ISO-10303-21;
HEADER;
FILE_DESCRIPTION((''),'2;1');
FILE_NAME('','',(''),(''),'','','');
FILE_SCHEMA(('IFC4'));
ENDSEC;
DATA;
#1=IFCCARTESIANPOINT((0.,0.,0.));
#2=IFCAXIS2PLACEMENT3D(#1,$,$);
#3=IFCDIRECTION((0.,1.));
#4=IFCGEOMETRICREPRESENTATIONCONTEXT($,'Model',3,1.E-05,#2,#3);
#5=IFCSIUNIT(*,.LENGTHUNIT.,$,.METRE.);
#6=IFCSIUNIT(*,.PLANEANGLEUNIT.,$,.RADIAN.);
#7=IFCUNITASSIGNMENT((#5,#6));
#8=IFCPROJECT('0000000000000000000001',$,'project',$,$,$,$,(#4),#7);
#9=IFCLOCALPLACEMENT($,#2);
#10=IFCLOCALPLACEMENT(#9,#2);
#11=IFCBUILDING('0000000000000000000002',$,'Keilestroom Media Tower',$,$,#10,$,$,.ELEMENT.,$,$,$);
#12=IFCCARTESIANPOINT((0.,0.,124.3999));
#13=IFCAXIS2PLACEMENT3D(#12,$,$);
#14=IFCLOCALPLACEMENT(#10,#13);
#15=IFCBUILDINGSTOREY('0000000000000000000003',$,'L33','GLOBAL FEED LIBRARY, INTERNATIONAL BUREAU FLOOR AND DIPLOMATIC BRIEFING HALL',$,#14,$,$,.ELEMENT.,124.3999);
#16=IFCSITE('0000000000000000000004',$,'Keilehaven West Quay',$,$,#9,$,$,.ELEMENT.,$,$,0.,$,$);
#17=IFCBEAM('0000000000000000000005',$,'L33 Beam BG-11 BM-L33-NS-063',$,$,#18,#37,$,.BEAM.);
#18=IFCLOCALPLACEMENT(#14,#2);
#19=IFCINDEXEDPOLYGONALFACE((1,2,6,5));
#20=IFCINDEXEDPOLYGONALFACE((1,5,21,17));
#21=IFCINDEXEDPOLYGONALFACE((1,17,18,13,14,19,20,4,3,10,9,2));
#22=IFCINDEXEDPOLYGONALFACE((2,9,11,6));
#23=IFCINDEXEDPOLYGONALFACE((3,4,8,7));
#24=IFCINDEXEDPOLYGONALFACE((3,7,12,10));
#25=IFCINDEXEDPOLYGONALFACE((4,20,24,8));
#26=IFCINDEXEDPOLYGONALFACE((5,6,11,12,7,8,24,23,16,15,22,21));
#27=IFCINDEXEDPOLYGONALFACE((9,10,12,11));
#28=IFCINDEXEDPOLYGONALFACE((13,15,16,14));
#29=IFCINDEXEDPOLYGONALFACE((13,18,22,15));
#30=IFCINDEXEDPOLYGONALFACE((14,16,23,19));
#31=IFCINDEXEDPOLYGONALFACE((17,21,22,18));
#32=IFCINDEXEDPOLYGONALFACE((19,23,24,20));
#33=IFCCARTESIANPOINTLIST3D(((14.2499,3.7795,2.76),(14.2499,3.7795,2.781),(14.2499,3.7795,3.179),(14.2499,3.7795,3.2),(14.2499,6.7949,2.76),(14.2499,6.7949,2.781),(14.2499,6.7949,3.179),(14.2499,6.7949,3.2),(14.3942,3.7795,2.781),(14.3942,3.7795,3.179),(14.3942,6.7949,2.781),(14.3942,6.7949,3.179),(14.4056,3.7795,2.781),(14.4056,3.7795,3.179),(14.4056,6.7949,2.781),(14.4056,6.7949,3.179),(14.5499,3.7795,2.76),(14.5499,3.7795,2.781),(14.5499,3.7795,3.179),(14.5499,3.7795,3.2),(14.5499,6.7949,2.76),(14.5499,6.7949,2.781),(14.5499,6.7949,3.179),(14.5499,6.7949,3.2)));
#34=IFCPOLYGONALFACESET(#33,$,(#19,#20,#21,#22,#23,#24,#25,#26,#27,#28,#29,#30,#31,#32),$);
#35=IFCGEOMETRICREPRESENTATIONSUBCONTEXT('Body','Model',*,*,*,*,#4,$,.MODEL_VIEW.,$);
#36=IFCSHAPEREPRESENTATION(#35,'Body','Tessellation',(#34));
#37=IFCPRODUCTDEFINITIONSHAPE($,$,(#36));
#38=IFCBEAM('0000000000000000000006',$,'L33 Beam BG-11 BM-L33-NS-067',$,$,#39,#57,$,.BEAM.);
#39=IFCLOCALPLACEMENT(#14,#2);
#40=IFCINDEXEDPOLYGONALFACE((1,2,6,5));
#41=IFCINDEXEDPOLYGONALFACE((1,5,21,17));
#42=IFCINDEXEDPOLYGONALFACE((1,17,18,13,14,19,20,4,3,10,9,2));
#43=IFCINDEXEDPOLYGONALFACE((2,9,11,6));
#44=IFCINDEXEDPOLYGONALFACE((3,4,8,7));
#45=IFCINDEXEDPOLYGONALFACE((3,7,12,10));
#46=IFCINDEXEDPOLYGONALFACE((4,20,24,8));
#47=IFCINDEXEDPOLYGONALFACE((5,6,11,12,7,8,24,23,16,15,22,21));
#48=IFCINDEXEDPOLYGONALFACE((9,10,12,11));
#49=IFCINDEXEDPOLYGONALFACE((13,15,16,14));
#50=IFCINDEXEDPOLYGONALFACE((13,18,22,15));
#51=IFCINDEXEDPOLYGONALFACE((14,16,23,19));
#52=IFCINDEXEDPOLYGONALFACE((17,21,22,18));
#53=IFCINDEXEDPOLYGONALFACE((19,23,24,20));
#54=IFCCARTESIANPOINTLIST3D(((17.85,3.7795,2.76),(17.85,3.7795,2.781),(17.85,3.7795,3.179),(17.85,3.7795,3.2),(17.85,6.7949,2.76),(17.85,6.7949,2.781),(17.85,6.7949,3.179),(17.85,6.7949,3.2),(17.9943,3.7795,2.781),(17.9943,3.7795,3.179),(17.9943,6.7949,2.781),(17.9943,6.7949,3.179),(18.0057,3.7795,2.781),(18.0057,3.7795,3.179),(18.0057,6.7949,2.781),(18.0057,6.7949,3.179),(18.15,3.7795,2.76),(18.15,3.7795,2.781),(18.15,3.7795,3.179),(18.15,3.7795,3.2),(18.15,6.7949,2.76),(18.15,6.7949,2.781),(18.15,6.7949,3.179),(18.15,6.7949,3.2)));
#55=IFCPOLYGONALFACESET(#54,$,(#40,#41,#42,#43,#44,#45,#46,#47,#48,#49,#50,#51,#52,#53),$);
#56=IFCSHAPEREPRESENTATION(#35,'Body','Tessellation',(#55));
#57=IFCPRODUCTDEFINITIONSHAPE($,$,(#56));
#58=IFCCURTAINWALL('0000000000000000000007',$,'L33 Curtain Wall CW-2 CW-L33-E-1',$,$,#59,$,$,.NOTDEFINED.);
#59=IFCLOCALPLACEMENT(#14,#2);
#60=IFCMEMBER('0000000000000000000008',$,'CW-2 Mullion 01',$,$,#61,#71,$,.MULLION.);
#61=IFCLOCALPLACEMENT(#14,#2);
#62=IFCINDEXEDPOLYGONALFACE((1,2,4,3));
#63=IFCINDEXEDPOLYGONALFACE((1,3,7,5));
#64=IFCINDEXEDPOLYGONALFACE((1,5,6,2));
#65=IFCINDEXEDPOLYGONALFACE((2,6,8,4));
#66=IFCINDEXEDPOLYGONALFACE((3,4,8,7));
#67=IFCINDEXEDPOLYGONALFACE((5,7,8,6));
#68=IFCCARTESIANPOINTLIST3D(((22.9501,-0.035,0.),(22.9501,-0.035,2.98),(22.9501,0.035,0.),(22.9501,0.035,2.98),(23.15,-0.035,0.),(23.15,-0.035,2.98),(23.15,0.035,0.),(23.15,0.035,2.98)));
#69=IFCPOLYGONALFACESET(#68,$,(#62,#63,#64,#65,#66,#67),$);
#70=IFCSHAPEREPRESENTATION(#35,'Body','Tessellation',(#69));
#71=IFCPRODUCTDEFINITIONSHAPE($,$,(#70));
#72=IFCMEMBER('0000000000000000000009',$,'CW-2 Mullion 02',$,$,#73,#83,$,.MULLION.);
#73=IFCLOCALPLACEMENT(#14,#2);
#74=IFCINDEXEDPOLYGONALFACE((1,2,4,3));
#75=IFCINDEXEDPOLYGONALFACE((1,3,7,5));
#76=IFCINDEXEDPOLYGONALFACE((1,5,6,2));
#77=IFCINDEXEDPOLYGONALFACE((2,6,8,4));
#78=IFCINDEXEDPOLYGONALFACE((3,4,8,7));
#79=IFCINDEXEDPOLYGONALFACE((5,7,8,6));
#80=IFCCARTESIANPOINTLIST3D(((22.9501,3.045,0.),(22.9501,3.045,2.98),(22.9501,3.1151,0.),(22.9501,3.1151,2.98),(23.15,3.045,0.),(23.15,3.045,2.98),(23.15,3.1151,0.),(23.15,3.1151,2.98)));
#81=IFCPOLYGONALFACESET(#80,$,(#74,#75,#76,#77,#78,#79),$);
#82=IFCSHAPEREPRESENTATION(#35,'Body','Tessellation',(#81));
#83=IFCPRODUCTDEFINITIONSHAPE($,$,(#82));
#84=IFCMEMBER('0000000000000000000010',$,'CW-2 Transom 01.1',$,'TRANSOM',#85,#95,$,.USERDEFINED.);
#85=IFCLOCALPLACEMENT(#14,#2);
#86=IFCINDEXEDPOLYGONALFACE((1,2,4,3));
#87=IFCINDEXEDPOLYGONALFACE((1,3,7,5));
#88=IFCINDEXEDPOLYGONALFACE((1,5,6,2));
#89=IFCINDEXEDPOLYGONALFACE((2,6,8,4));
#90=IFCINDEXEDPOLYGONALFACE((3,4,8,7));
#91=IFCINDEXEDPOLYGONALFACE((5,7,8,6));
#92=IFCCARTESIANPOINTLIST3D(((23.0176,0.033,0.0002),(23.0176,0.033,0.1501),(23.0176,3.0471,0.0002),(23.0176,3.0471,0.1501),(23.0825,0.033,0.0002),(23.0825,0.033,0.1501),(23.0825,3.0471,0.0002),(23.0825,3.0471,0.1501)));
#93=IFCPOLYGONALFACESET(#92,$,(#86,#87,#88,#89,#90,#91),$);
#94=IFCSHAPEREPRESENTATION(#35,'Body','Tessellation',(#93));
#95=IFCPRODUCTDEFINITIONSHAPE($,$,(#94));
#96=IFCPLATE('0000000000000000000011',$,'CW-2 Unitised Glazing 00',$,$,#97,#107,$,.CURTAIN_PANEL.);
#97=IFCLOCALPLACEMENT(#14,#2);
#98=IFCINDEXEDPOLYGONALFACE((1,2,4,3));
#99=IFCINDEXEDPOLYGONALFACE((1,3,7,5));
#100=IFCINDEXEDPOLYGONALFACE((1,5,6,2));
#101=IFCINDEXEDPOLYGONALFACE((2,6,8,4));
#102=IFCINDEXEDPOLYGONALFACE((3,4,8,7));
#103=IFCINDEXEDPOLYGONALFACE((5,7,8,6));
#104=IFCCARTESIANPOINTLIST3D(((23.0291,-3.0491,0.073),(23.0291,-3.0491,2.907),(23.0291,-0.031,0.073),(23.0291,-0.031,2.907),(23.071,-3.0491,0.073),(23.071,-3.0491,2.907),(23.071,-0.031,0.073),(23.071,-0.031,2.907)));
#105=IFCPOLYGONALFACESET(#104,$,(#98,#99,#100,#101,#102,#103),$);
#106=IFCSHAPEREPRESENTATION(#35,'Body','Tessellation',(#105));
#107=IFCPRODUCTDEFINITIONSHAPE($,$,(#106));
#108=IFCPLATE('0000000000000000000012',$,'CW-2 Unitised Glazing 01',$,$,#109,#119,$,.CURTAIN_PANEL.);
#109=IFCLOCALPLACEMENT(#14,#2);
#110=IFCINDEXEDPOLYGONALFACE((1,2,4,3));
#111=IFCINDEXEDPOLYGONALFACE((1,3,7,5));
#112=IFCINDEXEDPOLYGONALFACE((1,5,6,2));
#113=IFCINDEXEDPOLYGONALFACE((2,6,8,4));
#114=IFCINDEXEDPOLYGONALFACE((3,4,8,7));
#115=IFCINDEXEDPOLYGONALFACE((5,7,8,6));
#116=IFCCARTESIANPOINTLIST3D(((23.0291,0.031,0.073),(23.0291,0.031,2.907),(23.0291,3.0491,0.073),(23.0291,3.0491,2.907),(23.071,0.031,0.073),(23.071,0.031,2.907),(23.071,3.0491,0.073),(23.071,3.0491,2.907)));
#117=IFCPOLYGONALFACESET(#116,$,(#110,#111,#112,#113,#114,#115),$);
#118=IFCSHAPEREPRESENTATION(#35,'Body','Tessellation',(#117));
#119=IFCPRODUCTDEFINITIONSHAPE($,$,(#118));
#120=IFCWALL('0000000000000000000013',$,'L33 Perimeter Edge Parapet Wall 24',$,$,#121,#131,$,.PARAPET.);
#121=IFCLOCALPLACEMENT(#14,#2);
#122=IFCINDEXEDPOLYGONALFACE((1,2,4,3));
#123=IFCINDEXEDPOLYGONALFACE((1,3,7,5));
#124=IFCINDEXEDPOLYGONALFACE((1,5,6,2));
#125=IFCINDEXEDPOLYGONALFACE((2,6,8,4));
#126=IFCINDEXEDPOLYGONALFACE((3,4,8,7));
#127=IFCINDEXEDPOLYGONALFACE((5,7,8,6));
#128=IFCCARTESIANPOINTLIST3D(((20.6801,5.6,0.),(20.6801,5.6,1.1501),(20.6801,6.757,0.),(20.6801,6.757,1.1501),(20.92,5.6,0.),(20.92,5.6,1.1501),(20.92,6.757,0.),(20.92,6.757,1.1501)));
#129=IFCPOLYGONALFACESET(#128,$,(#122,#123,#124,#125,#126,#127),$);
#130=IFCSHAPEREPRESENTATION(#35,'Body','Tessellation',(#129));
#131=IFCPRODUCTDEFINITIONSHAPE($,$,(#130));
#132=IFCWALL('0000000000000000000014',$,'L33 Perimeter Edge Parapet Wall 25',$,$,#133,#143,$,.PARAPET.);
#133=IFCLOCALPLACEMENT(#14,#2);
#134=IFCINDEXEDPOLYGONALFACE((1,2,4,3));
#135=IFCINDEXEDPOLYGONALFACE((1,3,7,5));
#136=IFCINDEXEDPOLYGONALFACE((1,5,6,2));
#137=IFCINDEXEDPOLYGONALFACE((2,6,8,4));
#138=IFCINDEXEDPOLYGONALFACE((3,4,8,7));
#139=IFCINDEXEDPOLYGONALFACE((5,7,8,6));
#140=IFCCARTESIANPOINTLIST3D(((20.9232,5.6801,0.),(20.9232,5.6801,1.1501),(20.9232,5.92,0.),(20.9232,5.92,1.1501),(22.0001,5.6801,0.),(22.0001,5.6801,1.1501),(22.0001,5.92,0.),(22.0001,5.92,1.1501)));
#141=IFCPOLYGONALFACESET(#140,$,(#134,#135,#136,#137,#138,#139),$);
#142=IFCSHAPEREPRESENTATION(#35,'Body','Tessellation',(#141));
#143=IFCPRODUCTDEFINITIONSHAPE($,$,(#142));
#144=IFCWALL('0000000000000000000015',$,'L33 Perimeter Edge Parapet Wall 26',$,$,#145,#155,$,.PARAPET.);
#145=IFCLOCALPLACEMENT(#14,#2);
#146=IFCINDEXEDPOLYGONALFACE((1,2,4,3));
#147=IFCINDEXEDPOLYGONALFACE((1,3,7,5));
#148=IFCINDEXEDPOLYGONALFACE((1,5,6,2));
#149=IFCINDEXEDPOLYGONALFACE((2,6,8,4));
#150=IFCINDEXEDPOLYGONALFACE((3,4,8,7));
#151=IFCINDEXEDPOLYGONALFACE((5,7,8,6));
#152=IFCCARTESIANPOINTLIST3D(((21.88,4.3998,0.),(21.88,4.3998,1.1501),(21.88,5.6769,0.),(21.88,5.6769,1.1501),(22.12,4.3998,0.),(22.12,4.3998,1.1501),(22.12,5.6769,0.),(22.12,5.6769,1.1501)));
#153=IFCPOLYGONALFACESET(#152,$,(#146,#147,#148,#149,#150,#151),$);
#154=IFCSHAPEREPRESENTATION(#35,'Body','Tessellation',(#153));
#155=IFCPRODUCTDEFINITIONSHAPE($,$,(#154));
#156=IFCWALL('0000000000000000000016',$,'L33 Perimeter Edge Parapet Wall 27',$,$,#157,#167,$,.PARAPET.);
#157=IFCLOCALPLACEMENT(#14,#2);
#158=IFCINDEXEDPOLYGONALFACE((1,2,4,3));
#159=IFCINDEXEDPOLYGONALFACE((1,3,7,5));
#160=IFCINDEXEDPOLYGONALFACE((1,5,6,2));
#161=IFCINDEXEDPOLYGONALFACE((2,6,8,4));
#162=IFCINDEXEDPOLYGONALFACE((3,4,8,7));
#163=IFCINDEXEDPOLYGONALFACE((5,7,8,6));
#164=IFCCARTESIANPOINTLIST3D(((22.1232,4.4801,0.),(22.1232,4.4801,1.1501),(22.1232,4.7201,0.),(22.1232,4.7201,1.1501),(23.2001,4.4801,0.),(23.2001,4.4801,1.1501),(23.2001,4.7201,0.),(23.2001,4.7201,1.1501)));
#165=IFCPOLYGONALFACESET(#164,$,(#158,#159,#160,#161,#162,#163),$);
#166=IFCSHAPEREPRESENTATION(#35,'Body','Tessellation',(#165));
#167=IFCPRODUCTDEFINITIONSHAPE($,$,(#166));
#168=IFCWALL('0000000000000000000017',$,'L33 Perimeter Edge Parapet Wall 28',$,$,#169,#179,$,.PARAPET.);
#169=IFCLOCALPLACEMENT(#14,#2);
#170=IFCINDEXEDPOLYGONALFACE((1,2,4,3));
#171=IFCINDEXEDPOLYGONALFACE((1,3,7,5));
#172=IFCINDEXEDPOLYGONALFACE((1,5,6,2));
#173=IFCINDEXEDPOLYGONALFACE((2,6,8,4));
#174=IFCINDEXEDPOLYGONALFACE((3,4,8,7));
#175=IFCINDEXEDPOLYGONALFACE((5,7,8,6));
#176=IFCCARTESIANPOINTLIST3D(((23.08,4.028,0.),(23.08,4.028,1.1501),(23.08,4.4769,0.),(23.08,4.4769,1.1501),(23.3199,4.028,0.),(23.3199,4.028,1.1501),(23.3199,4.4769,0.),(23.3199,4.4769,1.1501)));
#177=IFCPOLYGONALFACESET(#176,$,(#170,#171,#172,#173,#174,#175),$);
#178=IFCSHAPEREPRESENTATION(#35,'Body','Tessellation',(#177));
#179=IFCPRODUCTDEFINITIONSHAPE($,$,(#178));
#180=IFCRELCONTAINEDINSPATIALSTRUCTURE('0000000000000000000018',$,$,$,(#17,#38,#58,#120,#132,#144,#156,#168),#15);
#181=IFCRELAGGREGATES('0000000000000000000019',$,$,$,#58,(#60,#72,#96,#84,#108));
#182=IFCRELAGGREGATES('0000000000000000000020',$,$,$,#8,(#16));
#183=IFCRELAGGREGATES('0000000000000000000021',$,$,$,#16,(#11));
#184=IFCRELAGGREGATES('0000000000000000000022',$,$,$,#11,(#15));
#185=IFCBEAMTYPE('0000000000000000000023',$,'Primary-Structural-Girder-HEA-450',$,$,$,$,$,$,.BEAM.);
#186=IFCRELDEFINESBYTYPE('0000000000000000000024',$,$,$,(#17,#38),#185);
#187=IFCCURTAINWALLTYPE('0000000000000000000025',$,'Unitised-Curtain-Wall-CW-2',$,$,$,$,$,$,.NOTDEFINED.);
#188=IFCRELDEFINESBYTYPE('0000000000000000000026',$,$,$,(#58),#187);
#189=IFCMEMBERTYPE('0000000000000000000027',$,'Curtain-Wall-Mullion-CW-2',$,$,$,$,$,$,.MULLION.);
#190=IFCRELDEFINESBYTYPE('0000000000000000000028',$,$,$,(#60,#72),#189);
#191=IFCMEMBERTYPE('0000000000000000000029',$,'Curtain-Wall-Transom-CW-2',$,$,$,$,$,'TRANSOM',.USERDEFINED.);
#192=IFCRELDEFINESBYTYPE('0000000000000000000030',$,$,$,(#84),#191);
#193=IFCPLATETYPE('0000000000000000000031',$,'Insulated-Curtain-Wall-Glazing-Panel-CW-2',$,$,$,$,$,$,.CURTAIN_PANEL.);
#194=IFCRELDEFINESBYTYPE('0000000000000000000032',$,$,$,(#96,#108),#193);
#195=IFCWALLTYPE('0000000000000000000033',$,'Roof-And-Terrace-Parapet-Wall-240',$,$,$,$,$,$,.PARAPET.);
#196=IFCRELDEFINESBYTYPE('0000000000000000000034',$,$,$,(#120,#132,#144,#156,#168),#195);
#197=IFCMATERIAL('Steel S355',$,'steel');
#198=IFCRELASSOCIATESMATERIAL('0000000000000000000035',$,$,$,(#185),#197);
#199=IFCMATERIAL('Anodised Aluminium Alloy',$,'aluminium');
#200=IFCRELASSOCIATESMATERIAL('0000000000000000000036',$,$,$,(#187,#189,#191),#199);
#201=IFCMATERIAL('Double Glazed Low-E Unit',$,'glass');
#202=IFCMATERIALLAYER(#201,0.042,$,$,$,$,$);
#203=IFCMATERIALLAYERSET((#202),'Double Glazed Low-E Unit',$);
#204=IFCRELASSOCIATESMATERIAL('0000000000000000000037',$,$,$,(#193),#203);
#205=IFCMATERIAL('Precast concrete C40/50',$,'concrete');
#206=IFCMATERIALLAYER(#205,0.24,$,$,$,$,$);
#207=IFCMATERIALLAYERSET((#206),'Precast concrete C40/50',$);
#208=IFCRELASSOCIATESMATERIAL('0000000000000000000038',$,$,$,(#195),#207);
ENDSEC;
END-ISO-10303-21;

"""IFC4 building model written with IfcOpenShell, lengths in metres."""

from ifc_helpers import new_model, si_unit, direction, frame, frame_2d, origin, origin_2d, place, context, subcontext, project, spatial, rectangle, i_section, extrude, source, transform, mapped, material, layer, layer_set, material_profile, profile_set, type_object, element, aggregate, save


model = new_model("IFC4")

# Units and contexts
model_context = context("Model", 3, precision=1e-05, world=origin(), true_north=direction((0.0, 1.0)))
body_context = subcontext(model_context, "Body", "Model", "MODEL_VIEW")
ifc_project = project(units=[si_unit("LENGTHUNIT", "METRE"), si_unit("PLANEANGLEUNIT", "RADIAN")], contexts=[model_context])

# Site, building, storey
site_placement = place(None, origin())
site = spatial("IfcSite", under=ifc_project, at=site_placement, Name="Keilehaven West Quay", CompositionType="ELEMENT", RefElevation=0.0)
building_placement = place(site_placement, origin())
building = spatial("IfcBuilding", under=site, at=building_placement, Name="Keilestroom Media Tower", CompositionType="ELEMENT")
storey_placement = place(building_placement, frame((0.0, 0.0, 124.3999)))
storey = spatial("IfcBuildingStorey", under=building, at=storey_placement, Name="L33", Description="GLOBAL FEED LIBRARY, INTERNATIONAL BUREAU FLOOR AND DIPLOMATIC BRIEFING HALL", CompositionType="ELEMENT", Elevation=124.3999)

# Shared definitions
ifc_material_1 = material(Name="Precast concrete C40/50", Category="concrete")
ifc_material_2 = material(Name="Steel S355", Category="steel")

# Beams
ifc_material_profile_1 = material_profile(ifc_material_2, i_section(OverallWidth=0.3, OverallDepth=0.4399, WebThickness=0.0115, FlangeThickness=0.021, at=origin_2d()), Name="HEA 450")
ifc_profile_set_1 = profile_set([ifc_material_profile_1], Name="Steel S355")
beam_type_1 = type_object("IfcBeamType", Name="Primary-Structural-Girder-HEA-450", PredefinedType="BEAM", material=ifc_profile_set_1)
shared_shape_1 = source(origin(), body_context, "Body", "SweptSolid", [
    extrude(i_section(OverallWidth=0.3, OverallDepth=0.4399, WebThickness=0.0115, FlangeThickness=0.021, at=origin_2d()), origin(), (0.0, 0.0, 1.0), 3.0154),
])
for number, where, z_axis, x_axis, name in (
    (1, (14.3999, 3.7795, 2.98), (0.0, 1.0, 0.0), (-1.0, 0.0, 0.0), "L33 Beam BG-11 BM-L33-NS-063"),
    (2, (18.0, 3.7795, 2.98), (0.0, 1.0, 0.0), (-1.0, 0.0, 0.0), "L33 Beam BG-11 BM-L33-NS-067"),
):
    element("IfcBeam", number, at=place(storey_placement, frame(where, z_axis=z_axis, x_axis=x_axis)), inside=storey, type_object=beam_type_1, Name=name, PredefinedType="BEAM", context=body_context, shape_type="MappedRepresentation", body=[
        mapped(shared_shape_1, transform((0.0, 0.0, 0.0), x_axis=(1.0, 0.0, 0.0), y_axis=(0.0, 1.0, 0.0), z_axis=(0.0, 0.0, 1.0), scale=1.0)),
    ])

# Curtain wall, members, plates
ifc_material_3 = material(Name="Anodised Aluminium Alloy", Category="aluminium")
curtain_wall_type = type_object("IfcCurtainWallType", Name="Unitised-Curtain-Wall-CW-2", PredefinedType="NOTDEFINED", material=ifc_material_3)
curtain_wall_placement = place(storey_placement, origin())
curtain_wall = element("IfcCurtainWall", 3, at=curtain_wall_placement, inside=storey, type_object=curtain_wall_type, Name="L33 Curtain Wall CW-2 CW-L33-E-1", PredefinedType="NOTDEFINED")
ifc_material_profile_2 = material_profile(ifc_material_3, rectangle(XDim=0.0701, YDim=0.2, at=origin_2d()), Name="ALU MULLION 70x200")
ifc_profile_set_2 = profile_set([ifc_material_profile_2], Name="Anodised Aluminium Alloy")
member_type_1 = type_object("IfcMemberType", Name="Curtain-Wall-Mullion-CW-2", PredefinedType="MULLION", material=ifc_profile_set_2)
shared_shape_2 = source(origin(), body_context, "Body", "SweptSolid", [
    extrude(rectangle(XDim=0.0701, YDim=0.2, at=origin_2d()), origin(), (0.0, 0.0, 1.0), 2.98),
])
member_1_placement = place(storey_placement, frame((23.05, 0.0, 0.0), z_axis=(0.0, 0.0, 1.0), x_axis=(0.0, 1.0, 0.0)))
member_1 = element("IfcMember", 4, at=member_1_placement, type_object=member_type_1, Name="CW-2 Mullion 01", PredefinedType="MULLION", context=body_context, shape_type="MappedRepresentation", body=[
    mapped(shared_shape_2, transform((0.0, 0.0, 0.0), x_axis=(1.0, 0.0, 0.0), y_axis=(0.0, 1.0, 0.0), z_axis=(0.0, 0.0, 1.0), scale=1.0)),
])
member_2_placement = place(storey_placement, frame((23.05, 3.0801, 0.0), z_axis=(0.0, 0.0, 1.0), x_axis=(0.0, 1.0, 0.0)))
member_2 = element("IfcMember", 5, at=member_2_placement, type_object=member_type_1, Name="CW-2 Mullion 02", PredefinedType="MULLION", context=body_context, shape_type="MappedRepresentation", body=[
    mapped(shared_shape_2, transform((0.0, 0.0, 0.0), x_axis=(1.0, 0.0, 0.0), y_axis=(0.0, 1.0, 0.0), z_axis=(0.0, 0.0, 1.0), scale=1.0)),
])
ifc_material_profile_3 = material_profile(ifc_material_3, rectangle(XDim=0.0649, YDim=0.1499, at=origin_2d()), Name="ALU TRANSOM 65x150")
ifc_profile_set_3 = profile_set([ifc_material_profile_3], Name="Anodised Aluminium Alloy")
member_type_2 = type_object("IfcMemberType", Name="Curtain-Wall-Transom-CW-2", ElementType="TRANSOM", PredefinedType="USERDEFINED", material=ifc_profile_set_3)
shared_shape_3 = source(origin(), body_context, "Body", "SweptSolid", [
    extrude(rectangle(XDim=0.0649, YDim=0.1499, at=origin_2d()), origin(), (0.0, 0.0, 1.0), 3.0142),
])
member_3_placement = place(storey_placement, frame((23.05, 0.033, 0.0752), z_axis=(0.0, 1.0, 0.0), x_axis=(-1.0, 0.0, 0.0)))
member_3 = element("IfcMember", 6, at=member_3_placement, type_object=member_type_2, Name="CW-2 Transom 01.1", ObjectType="TRANSOM", PredefinedType="USERDEFINED", context=body_context, shape_type="MappedRepresentation", body=[
    mapped(shared_shape_3, transform((0.0, 0.0, 0.0), x_axis=(1.0, 0.0, 0.0), y_axis=(0.0, 1.0, 0.0), z_axis=(0.0, 0.0, 1.0), scale=1.0)),
])
ifc_material_4 = material(Name="Double Glazed Low-E Unit", Category="glass")
ifc_layer_1 = layer(ifc_material_4, 0.042)
ifc_layer_set_1 = layer_set([ifc_layer_1], Name="Double Glazed Low-E Unit")
plate_type = type_object("IfcPlateType", Name="Insulated-Curtain-Wall-Glazing-Panel-CW-2", PredefinedType="CURTAIN_PANEL", material=ifc_layer_set_1)
shared_shape_4 = source(origin(), body_context, "Body", "SweptSolid", [
    extrude(rectangle(XDim=3.0181, YDim=0.042, at=origin_2d()), origin(), (0.0, 0.0, 1.0), 2.834),
])
plate_1_placement = place(storey_placement, frame((23.05, -1.54, 0.073), z_axis=(0.0, 0.0, 1.0), x_axis=(0.0, 1.0, 0.0)))
plate_1 = element("IfcPlate", 7, at=plate_1_placement, type_object=plate_type, Name="CW-2 Unitised Glazing 00", PredefinedType="CURTAIN_PANEL", context=body_context, shape_type="MappedRepresentation", body=[
    mapped(shared_shape_4, transform((0.0, 0.0, 0.0), x_axis=(1.0, 0.0, 0.0), y_axis=(0.0, 1.0, 0.0), z_axis=(0.0, 0.0, 1.0), scale=1.0)),
])
plate_2_placement = place(storey_placement, frame((23.05, 1.54, 0.073), z_axis=(0.0, 0.0, 1.0), x_axis=(0.0, 1.0, 0.0)))
plate_2 = element("IfcPlate", 8, at=plate_2_placement, type_object=plate_type, Name="CW-2 Unitised Glazing 01", PredefinedType="CURTAIN_PANEL", context=body_context, shape_type="MappedRepresentation", body=[
    mapped(shared_shape_4, transform((0.0, 0.0, 0.0), x_axis=(1.0, 0.0, 0.0), y_axis=(0.0, 1.0, 0.0), z_axis=(0.0, 0.0, 1.0), scale=1.0)),
])
aggregate(curtain_wall, [member_1, member_2, plate_1, member_3, plate_2])

# Walls
ifc_layer_2 = layer(ifc_material_1, 0.24)
ifc_layer_set_2 = layer_set([ifc_layer_2], Name="Precast concrete C40/50")
wall_type = type_object("IfcWallType", Name="Roof-And-Terrace-Parapet-Wall-240", PredefinedType="PARAPET", material=ifc_layer_set_2)
wall_1_placement = place(storey_placement, frame((20.8, 6.7571, 0.0), z_axis=(0.0, 0.0, 1.0), x_axis=(0.0, -1.0, 0.0)))
element("IfcWall", 9, at=wall_1_placement, inside=storey, type_object=wall_type, Name="L33 Perimeter Edge Parapet Wall 24", PredefinedType="PARAPET", context=body_context, shape_type="SweptSolid", body=[
    extrude(rectangle(XDim=1.157, YDim=0.24, at=frame_2d((0.5786, 0.0))), origin(), (0.0, 0.0, 1.0), 1.1501),
])
wall_2_placement = place(storey_placement, frame((20.9231, 5.8, 0.0), z_axis=(0.0, 0.0, 1.0), x_axis=(1.0, 0.0, 0.0)))
element("IfcWall", 10, at=wall_2_placement, inside=storey, type_object=wall_type, Name="L33 Perimeter Edge Parapet Wall 25", PredefinedType="PARAPET", context=body_context, shape_type="SweptSolid", body=[
    extrude(rectangle(XDim=1.0769, YDim=0.24, at=frame_2d((0.5386, 0.0))), origin(), (0.0, 0.0, 1.0), 1.1501),
])
wall_3_placement = place(storey_placement, frame((22.0, 5.677, 0.0), z_axis=(0.0, 0.0, 1.0), x_axis=(0.0, -1.0, 0.0)))
element("IfcWall", 11, at=wall_3_placement, inside=storey, type_object=wall_type, Name="L33 Perimeter Edge Parapet Wall 26", PredefinedType="PARAPET", context=body_context, shape_type="SweptSolid", body=[
    extrude(rectangle(XDim=1.2771, YDim=0.24, at=frame_2d((0.6387, 0.0))), origin(), (0.0, 0.0, 1.0), 1.1501),
])
wall_4_placement = place(storey_placement, frame((22.123, 4.6001, 0.0), z_axis=(0.0, 0.0, 1.0), x_axis=(1.0, 0.0, 0.0)))
element("IfcWall", 12, at=wall_4_placement, inside=storey, type_object=wall_type, Name="L33 Perimeter Edge Parapet Wall 27", PredefinedType="PARAPET", context=body_context, shape_type="SweptSolid", body=[
    extrude(rectangle(XDim=1.0769, YDim=0.24, at=frame_2d((0.5386, 0.0))), origin(), (0.0, 0.0, 1.0), 1.1501),
])
wall_5_placement = place(storey_placement, frame((23.2, 4.4771, 0.0), z_axis=(0.0, 0.0, 1.0), x_axis=(0.0, -1.0, 0.0)))
element("IfcWall", 13, at=wall_5_placement, inside=storey, type_object=wall_type, Name="L33 Perimeter Edge Parapet Wall 28", PredefinedType="PARAPET", context=body_context, shape_type="SweptSolid", body=[
    extrude(rectangle(XDim=0.449, YDim=0.24, at=frame_2d((0.2246, 0.0))), origin(), (0.0, 0.0, 1.0), 1.1501),
])

save(model, "model.ifc")
